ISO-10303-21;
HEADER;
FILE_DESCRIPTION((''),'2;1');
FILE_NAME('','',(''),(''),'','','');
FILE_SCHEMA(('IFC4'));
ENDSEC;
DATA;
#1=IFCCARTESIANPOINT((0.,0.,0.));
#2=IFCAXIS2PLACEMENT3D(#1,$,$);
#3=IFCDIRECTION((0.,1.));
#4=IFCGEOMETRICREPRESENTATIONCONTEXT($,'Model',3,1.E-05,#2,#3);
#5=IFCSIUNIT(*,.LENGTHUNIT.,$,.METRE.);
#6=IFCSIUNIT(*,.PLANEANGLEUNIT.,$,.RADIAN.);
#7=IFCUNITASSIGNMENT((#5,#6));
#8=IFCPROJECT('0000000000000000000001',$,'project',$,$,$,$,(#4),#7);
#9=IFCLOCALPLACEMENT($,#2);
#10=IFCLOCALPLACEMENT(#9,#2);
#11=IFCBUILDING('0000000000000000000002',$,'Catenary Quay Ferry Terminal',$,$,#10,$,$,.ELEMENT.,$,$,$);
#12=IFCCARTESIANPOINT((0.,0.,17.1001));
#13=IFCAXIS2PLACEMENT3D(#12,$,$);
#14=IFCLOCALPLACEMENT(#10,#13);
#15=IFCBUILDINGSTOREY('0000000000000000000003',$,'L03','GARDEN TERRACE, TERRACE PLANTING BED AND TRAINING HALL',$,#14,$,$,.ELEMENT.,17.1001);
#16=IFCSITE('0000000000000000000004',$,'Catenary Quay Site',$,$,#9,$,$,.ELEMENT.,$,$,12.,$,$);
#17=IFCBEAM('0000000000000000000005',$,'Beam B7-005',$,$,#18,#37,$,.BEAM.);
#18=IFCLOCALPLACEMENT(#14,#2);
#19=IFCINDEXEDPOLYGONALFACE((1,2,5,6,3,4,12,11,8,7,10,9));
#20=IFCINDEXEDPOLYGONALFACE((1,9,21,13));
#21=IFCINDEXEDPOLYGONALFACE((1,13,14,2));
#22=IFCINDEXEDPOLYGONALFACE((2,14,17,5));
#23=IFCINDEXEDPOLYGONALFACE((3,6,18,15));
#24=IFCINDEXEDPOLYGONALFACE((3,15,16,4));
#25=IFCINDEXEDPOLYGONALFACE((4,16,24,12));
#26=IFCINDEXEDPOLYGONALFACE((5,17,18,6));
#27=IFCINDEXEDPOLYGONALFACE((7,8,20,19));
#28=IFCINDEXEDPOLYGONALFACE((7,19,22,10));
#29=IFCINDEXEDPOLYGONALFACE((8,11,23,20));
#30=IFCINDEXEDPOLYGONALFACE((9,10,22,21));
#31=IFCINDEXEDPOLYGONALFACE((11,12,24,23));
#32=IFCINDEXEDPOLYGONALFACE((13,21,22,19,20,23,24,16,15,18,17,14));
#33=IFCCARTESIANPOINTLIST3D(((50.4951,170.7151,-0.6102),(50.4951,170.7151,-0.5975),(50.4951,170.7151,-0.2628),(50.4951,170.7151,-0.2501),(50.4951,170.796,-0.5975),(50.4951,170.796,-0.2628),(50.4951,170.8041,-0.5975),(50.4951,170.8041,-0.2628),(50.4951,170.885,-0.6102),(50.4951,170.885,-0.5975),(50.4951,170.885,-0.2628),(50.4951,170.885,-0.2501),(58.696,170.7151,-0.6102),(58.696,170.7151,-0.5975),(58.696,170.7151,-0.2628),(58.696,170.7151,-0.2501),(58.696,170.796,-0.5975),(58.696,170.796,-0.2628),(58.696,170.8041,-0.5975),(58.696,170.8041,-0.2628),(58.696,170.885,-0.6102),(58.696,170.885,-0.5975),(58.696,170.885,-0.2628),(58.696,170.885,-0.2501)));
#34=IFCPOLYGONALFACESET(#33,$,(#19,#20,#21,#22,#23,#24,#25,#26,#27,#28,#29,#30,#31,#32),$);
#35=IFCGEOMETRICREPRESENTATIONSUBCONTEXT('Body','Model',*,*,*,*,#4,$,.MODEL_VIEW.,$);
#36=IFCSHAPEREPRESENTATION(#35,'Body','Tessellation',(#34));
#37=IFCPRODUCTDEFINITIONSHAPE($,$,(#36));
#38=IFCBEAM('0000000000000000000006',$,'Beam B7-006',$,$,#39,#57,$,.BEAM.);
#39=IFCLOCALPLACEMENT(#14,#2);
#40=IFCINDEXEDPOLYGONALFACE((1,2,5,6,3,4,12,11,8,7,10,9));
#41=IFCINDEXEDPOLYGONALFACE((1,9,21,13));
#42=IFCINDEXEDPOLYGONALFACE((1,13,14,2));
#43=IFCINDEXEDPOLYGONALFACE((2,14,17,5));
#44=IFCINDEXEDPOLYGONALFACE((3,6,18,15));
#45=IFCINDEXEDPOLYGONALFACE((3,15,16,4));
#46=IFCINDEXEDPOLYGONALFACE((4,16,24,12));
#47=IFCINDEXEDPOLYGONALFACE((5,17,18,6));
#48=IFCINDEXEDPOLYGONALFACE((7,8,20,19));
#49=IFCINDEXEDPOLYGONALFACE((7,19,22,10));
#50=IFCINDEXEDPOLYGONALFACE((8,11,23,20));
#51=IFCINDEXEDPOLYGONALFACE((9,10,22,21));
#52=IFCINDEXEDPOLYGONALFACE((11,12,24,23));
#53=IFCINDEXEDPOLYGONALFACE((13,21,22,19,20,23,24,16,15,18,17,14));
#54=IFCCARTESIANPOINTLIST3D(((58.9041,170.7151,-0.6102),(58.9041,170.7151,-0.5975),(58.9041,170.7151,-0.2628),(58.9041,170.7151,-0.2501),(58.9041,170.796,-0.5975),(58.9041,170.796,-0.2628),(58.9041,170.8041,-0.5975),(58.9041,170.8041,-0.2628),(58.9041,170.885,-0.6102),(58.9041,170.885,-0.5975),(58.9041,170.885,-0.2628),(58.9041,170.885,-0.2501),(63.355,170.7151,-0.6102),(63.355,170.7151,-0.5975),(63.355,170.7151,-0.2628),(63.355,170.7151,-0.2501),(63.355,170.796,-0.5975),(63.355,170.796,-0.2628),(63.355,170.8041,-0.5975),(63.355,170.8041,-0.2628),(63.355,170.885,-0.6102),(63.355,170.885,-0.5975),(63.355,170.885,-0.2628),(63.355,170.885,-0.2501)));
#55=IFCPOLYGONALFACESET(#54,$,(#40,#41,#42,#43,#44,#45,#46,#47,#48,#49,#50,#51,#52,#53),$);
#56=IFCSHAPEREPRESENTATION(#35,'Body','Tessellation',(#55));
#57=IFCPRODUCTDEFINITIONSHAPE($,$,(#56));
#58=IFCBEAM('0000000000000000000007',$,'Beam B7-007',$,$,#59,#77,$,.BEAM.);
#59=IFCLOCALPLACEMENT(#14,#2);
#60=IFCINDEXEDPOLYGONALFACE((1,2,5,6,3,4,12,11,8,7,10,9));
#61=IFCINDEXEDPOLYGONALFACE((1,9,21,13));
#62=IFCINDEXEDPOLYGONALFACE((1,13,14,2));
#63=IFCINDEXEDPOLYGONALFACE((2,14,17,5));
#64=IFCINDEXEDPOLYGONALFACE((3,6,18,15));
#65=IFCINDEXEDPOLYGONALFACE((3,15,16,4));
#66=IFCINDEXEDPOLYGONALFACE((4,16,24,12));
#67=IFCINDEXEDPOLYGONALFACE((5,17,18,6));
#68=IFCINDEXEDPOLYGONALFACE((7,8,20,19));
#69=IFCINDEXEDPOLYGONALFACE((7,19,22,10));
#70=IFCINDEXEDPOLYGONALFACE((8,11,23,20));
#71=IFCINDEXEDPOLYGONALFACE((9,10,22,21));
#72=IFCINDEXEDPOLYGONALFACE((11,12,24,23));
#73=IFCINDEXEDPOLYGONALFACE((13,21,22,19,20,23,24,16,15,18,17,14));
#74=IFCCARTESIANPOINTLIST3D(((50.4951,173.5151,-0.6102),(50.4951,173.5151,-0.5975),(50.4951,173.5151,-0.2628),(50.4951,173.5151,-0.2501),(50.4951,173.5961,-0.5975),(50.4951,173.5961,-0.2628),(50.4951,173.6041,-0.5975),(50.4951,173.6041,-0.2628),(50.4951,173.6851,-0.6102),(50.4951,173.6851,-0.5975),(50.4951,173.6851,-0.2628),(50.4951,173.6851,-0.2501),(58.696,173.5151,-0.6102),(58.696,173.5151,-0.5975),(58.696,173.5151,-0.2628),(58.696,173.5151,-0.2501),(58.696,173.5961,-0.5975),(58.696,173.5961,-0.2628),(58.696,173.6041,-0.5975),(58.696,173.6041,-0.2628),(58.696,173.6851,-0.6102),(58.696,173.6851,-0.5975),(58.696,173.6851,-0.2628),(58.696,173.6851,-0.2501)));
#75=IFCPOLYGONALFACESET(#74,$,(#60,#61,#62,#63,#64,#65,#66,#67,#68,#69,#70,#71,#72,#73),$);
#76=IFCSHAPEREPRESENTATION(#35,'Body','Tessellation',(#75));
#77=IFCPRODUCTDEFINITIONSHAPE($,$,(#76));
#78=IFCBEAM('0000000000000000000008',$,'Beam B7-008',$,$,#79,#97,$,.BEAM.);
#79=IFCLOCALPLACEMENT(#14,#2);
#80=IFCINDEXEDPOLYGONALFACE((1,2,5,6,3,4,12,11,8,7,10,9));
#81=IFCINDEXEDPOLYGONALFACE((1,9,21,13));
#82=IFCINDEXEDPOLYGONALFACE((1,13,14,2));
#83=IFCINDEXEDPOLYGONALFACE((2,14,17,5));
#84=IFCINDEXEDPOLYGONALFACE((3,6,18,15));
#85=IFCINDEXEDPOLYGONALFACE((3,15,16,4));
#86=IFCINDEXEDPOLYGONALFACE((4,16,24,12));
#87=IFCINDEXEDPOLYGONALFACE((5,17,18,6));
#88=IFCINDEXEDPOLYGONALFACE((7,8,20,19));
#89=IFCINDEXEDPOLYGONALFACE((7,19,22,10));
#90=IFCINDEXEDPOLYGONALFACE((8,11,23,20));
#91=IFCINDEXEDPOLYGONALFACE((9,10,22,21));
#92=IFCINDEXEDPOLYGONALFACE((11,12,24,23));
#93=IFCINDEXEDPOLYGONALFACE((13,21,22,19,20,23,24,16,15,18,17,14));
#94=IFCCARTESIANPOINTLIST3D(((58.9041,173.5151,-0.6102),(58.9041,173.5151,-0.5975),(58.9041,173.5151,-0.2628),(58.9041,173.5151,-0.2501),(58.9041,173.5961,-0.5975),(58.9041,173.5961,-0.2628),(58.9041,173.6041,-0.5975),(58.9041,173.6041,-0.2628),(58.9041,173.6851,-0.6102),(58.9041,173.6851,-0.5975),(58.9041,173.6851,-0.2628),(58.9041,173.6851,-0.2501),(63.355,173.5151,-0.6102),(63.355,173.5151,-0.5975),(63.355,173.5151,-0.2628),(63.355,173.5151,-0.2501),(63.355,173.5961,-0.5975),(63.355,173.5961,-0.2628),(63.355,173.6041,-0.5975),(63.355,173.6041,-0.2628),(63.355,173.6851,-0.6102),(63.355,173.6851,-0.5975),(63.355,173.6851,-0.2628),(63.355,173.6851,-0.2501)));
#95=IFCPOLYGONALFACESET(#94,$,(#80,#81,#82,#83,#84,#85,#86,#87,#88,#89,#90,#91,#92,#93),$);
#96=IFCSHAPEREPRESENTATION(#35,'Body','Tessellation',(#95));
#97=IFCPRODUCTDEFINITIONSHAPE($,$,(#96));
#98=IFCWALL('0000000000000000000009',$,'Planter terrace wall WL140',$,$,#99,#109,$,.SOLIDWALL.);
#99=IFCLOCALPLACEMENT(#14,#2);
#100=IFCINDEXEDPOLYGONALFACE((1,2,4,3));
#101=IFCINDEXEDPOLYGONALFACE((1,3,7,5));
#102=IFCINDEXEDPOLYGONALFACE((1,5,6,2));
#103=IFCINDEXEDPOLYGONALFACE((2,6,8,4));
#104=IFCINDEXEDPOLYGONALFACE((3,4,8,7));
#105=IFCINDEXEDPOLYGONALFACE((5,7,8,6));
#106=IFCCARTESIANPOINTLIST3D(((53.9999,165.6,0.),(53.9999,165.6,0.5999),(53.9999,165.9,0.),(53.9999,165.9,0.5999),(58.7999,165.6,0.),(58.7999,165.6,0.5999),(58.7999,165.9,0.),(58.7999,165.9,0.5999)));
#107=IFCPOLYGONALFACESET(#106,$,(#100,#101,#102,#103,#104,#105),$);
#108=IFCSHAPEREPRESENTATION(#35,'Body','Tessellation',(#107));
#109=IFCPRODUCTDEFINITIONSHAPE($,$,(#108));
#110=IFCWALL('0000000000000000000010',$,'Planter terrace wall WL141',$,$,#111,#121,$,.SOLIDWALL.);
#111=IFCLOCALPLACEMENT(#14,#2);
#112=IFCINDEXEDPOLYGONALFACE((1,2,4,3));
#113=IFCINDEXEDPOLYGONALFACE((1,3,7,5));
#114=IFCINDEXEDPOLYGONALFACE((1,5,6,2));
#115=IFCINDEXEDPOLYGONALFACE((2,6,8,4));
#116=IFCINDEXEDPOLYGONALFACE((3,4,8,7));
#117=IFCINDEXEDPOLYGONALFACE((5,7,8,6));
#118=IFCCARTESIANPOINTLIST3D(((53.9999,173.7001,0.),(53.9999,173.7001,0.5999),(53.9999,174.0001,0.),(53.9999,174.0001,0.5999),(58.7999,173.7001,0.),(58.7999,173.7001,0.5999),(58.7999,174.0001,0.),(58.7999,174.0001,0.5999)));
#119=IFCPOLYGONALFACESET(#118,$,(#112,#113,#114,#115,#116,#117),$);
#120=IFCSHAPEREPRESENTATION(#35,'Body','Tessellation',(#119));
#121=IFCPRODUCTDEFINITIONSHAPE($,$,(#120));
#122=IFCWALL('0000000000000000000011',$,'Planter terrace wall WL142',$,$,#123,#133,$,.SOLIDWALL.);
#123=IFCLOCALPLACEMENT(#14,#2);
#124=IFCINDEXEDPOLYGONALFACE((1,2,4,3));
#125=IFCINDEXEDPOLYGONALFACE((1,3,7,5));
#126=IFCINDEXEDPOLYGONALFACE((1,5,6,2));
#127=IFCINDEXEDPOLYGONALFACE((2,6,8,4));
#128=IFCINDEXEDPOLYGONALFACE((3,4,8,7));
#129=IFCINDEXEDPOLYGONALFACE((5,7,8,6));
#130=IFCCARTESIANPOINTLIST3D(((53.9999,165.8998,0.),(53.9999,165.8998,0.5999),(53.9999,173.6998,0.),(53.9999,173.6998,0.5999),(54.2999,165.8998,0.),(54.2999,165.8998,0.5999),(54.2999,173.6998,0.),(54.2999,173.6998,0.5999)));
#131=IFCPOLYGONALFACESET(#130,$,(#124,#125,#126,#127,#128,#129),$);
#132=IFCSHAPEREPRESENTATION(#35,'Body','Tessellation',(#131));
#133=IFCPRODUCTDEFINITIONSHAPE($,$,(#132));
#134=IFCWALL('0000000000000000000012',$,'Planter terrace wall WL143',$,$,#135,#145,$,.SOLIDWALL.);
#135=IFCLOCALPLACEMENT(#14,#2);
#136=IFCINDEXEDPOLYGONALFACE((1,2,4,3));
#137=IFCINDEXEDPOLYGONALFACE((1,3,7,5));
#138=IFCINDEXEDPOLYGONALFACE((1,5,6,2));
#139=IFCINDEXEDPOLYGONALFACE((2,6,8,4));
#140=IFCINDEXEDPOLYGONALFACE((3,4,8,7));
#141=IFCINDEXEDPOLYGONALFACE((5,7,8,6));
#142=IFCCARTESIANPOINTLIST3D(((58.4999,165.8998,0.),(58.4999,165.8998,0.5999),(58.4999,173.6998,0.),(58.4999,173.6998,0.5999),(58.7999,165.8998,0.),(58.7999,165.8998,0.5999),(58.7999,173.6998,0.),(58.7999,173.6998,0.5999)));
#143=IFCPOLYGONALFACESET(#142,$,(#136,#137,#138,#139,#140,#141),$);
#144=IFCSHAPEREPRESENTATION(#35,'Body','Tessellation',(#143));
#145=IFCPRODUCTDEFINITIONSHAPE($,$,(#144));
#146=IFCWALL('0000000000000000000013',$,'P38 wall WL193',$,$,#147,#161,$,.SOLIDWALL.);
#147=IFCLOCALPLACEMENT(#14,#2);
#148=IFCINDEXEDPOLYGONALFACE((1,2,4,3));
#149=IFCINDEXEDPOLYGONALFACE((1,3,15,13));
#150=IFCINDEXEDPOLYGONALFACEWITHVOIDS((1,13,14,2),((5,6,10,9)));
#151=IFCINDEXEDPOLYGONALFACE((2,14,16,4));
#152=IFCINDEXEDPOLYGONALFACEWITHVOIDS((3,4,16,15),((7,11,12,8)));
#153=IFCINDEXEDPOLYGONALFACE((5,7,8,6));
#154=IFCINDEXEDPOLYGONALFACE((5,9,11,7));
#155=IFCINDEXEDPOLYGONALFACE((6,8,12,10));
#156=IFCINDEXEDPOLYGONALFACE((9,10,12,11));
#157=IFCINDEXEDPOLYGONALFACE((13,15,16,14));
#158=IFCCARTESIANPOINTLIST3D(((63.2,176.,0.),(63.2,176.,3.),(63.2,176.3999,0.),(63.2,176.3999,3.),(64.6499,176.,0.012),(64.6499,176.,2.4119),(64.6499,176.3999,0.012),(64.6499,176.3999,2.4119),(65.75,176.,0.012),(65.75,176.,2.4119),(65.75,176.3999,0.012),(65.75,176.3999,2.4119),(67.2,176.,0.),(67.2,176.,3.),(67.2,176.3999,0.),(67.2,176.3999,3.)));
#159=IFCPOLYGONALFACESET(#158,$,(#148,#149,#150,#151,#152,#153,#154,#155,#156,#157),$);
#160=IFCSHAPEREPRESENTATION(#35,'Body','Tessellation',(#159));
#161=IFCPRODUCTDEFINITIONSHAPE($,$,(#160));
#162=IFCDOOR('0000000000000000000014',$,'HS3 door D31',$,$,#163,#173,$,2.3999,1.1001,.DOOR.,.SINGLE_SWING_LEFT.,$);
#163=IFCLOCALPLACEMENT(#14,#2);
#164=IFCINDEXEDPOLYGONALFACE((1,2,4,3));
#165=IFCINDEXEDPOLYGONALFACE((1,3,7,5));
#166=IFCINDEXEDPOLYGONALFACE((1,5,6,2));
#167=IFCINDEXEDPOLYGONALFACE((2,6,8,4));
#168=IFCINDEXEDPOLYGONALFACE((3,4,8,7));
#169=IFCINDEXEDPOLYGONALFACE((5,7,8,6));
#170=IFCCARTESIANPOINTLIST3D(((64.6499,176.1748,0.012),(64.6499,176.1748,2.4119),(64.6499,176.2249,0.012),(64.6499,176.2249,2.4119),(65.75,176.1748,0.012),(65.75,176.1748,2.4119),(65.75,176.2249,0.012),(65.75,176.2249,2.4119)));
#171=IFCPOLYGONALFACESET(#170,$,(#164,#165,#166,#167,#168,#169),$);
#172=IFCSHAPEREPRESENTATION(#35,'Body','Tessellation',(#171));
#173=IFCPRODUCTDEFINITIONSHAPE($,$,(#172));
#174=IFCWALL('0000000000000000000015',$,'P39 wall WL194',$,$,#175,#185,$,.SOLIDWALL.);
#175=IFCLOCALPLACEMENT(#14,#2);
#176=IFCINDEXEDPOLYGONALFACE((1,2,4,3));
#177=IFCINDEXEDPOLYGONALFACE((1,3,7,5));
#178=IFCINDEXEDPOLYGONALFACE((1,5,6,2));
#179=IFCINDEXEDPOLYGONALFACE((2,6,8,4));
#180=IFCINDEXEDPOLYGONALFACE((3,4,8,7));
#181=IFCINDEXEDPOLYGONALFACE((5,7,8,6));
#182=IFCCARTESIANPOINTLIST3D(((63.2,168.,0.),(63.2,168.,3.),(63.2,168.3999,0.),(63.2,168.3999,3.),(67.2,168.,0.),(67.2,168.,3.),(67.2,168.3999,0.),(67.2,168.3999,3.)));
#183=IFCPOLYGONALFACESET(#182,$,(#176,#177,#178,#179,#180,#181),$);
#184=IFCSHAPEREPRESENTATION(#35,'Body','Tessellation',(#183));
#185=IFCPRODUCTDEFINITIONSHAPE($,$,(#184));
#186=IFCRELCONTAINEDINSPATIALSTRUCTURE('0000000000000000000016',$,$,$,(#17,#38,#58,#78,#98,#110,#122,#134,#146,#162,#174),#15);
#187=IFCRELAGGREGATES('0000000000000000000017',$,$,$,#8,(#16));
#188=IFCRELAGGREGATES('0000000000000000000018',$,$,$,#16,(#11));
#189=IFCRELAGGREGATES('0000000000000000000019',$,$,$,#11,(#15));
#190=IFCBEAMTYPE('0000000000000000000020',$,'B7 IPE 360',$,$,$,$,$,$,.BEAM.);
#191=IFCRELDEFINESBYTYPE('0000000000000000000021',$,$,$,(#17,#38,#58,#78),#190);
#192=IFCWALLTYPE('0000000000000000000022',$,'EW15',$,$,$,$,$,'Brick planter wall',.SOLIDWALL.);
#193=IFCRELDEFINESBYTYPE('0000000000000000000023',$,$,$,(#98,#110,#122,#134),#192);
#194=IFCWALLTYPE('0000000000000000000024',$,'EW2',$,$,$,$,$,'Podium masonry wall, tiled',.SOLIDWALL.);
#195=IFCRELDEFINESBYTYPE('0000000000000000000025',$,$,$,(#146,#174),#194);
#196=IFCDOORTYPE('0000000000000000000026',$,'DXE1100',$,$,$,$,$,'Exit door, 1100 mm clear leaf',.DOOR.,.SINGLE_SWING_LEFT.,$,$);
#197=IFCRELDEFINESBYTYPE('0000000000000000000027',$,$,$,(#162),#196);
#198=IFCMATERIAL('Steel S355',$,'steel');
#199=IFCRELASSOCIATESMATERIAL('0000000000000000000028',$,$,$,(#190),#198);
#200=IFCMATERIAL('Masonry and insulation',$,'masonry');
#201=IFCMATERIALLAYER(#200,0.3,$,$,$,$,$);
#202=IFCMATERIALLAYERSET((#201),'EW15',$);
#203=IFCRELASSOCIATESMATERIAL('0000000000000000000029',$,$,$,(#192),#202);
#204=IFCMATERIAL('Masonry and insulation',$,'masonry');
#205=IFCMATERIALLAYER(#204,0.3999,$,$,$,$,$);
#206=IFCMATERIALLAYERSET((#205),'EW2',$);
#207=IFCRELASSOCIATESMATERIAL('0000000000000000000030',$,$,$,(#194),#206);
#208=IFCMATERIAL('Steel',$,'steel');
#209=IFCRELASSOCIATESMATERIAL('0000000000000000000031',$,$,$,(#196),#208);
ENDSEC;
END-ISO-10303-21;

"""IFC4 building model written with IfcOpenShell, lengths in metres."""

from ifc_helpers import new_model, si_unit, direction, frame, frame_2d, origin, origin_2d, place, context, subcontext, project, spatial, rectangle, i_section, extrude, material, layer, layer_set, material_profile, profile_set, type_object, element, fill, save


model = new_model("IFC4")

# Units and contexts
model_context = context("Model", 3, precision=1e-05, world=origin(), true_north=direction((0.0, 1.0)))
body_context = subcontext(model_context, "Body", "Model", "MODEL_VIEW")
ifc_project = project(units=[si_unit("LENGTHUNIT", "METRE"), si_unit("PLANEANGLEUNIT", "RADIAN")], contexts=[model_context])

# Site, building, storey
site_placement = place(None, origin())
site = spatial("IfcSite", under=ifc_project, at=site_placement, Name="Catenary Quay Site", CompositionType="ELEMENT", RefElevation=12.0)
building_placement = place(site_placement, origin())
building = spatial("IfcBuilding", under=site, at=building_placement, Name="Catenary Quay Ferry Terminal", CompositionType="ELEMENT")
storey_placement = place(building_placement, frame((0.0, 0.0, 17.1001)))
storey = spatial("IfcBuildingStorey", under=building, at=storey_placement, Name="L03", Description="GARDEN TERRACE, TERRACE PLANTING BED AND TRAINING HALL", CompositionType="ELEMENT", Elevation=17.1001)

# Beams
ifc_material_1 = material(Name="Steel S355", Category="steel")
ifc_material_profile_1 = material_profile(ifc_material_1, i_section(OverallWidth=0.1699, OverallDepth=0.3601, WebThickness=0.0081, FlangeThickness=0.0127, at=origin_2d()), Name="IPE 360")
ifc_profile_set_1 = profile_set([ifc_material_profile_1], Name="Steel S355")
beam_type_1 = type_object("IfcBeamType", Name="B7 IPE 360", PredefinedType="BEAM", material=ifc_profile_set_1)
beam_1_placement = place(storey_placement, frame((50.4951, 170.8, -0.4302), z_axis=(1.0, 0.0, 0.0), x_axis=(0.0, 1.0, 0.0)))
element("IfcBeam", 1, at=beam_1_placement, inside=storey, type_object=beam_type_1, Name="Beam B7-005", PredefinedType="BEAM", context=body_context, shape_type="SweptSolid", body=[
    extrude(i_section(OverallWidth=0.1699, OverallDepth=0.3601, WebThickness=0.0081, FlangeThickness=0.0127, at=origin_2d()), origin(), (0.0, 0.0, 1.0), 8.2009),
])
beam_2_placement = place(storey_placement, frame((58.9041, 170.8, -0.4302), z_axis=(1.0, 0.0, 0.0), x_axis=(0.0, 1.0, 0.0)))
element("IfcBeam", 2, at=beam_2_placement, inside=storey, type_object=beam_type_1, Name="Beam B7-006", PredefinedType="BEAM", context=body_context, shape_type="SweptSolid", body=[
    extrude(i_section(OverallWidth=0.1699, OverallDepth=0.3601, WebThickness=0.0081, FlangeThickness=0.0127, at=origin_2d()), origin(), (0.0, 0.0, 1.0), 4.4509),
])
beam_3_placement = place(storey_placement, frame((50.4951, 173.6001, -0.4302), z_axis=(1.0, 0.0, 0.0), x_axis=(0.0, 1.0, 0.0)))
element("IfcBeam", 3, at=beam_3_placement, inside=storey, type_object=beam_type_1, Name="Beam B7-007", PredefinedType="BEAM", context=body_context, shape_type="SweptSolid", body=[
    extrude(i_section(OverallWidth=0.1699, OverallDepth=0.3601, WebThickness=0.0081, FlangeThickness=0.0127, at=origin_2d()), origin(), (0.0, 0.0, 1.0), 8.2009),
])
beam_4_placement = place(storey_placement, frame((58.9041, 173.6001, -0.4302), z_axis=(1.0, 0.0, 0.0), x_axis=(0.0, 1.0, 0.0)))
element("IfcBeam", 4, at=beam_4_placement, inside=storey, type_object=beam_type_1, Name="Beam B7-008", PredefinedType="BEAM", context=body_context, shape_type="SweptSolid", body=[
    extrude(i_section(OverallWidth=0.1699, OverallDepth=0.3601, WebThickness=0.0081, FlangeThickness=0.0127, at=origin_2d()), origin(), (0.0, 0.0, 1.0), 4.4509),
])

# Walls
ifc_material_2 = material(Name="Masonry and insulation", Category="masonry")
ifc_layer_1 = layer(ifc_material_2, 0.3)
ifc_layer_set_1 = layer_set([ifc_layer_1], Name="EW15")
wall_type_1 = type_object("IfcWallType", Name="EW15", ElementType="Brick planter wall", PredefinedType="SOLIDWALL", material=ifc_layer_set_1)
for number, where, z_axis, x_axis, name in (
    (5, (54.0, 165.75, 0.0), (0.0, 0.0, 1.0), (1.0, 0.0, 0.0), "Planter terrace wall WL140"),
    (6, (54.0, 173.8501, 0.0), (0.0, 0.0, 1.0), (1.0, 0.0, 0.0), "Planter terrace wall WL141"),
):
    element("IfcWall", number, at=place(storey_placement, frame(where, z_axis=z_axis, x_axis=x_axis)), inside=storey, type_object=wall_type_1, Name=name, PredefinedType="SOLIDWALL", context=body_context, shape_type="SweptSolid", body=[
        extrude(rectangle(XDim=4.8, YDim=0.3, at=frame_2d((2.3999, 0.0))), origin(), (0.0, 0.0, 1.0), 0.5999),
    ])
for number, where, z_axis, x_axis, name in (
    (7, (54.1499, 165.8999, 0.0), (0.0, 0.0, 1.0), (0.0, 1.0, 0.0), "Planter terrace wall WL142"),
    (8, (58.6499, 165.8999, 0.0), (0.0, 0.0, 1.0), (0.0, 1.0, 0.0), "Planter terrace wall WL143"),
):
    element("IfcWall", number, at=place(storey_placement, frame(where, z_axis=z_axis, x_axis=x_axis)), inside=storey, type_object=wall_type_1, Name=name, PredefinedType="SOLIDWALL", context=body_context, shape_type="SweptSolid", body=[
        extrude(rectangle(XDim=7.8, YDim=0.3, at=frame_2d((3.8999, 0.0))), origin(), (0.0, 0.0, 1.0), 0.5999),
    ])

# Wall, opening, door
ifc_material_3 = material(Name="Masonry and insulation", Category="masonry")
ifc_layer_2 = layer(ifc_material_3, 0.3999)
ifc_layer_set_2 = layer_set([ifc_layer_2], Name="EW2")
wall_type_2 = type_object("IfcWallType", Name="EW2", ElementType="Podium masonry wall, tiled", PredefinedType="SOLIDWALL", material=ifc_layer_set_2)
wall_1_placement = place(storey_placement, frame((63.2, 176.2, 0.0), z_axis=(0.0, 0.0, 1.0), x_axis=(1.0, 0.0, 0.0)))
wall_1 = element("IfcWall", 9, at=wall_1_placement, inside=storey, type_object=wall_type_2, Name="P38 wall WL193", PredefinedType="SOLIDWALL", context=body_context, shape_type="SweptSolid", body=[
    extrude(rectangle(XDim=4.0, YDim=0.3999, at=frame_2d((2.0, 0.0))), origin(), (0.0, 0.0, 1.0), 3.0),
])
opening_placement = place(wall_1_placement, frame((1.45, 0.0, 0.012)))
opening = element("IfcOpeningElement", 10, at=opening_placement, cuts=wall_1, PredefinedType="OPENING", context=body_context, shape_type="SweptSolid", body=[
    extrude(rectangle(XDim=1.1001, YDim=2.3999, at=frame_2d((0.55, 1.2))), frame((0.0, 0.21, 0.0), z_axis=(0.0, -1.0, 0.0), x_axis=(1.0, 0.0, 0.0)), (0.0, 0.0, 1.0), 0.4199),
])
ifc_material_4 = material(Name="Steel", Category="steel")
door_type = type_object("IfcDoorType", Name="DXE1100", ElementType="Exit door, 1100 mm clear leaf", OperationType="SINGLE_SWING_LEFT", PredefinedType="DOOR", material=ifc_material_4)
door_placement = place(opening_placement, origin())
door = element("IfcDoor", 11, at=door_placement, inside=storey, type_object=door_type, Name="HS3 door D31", OperationType="SINGLE_SWING_LEFT", OverallHeight=2.3999, OverallWidth=1.1001, PredefinedType="DOOR", context=body_context, shape_type="SweptSolid", body=[
    extrude(rectangle(XDim=1.1001, YDim=2.3999, at=frame_2d((0.55, 1.2))), frame((0.0, 0.0249, 0.0), z_axis=(0.0, -1.0, 0.0), x_axis=(1.0, 0.0, 0.0)), (0.0, 0.0, 1.0), 0.05),
])
fill(opening, door)

# Wall
wall_2_placement = place(storey_placement, frame((63.2, 168.2, 0.0), z_axis=(0.0, 0.0, 1.0), x_axis=(1.0, 0.0, 0.0)))
element("IfcWall", 12, at=wall_2_placement, inside=storey, type_object=wall_type_2, Name="P39 wall WL194", PredefinedType="SOLIDWALL", context=body_context, shape_type="SweptSolid", body=[
    extrude(rectangle(XDim=4.0, YDim=0.3999, at=frame_2d((2.0, 0.0))), origin(), (0.0, 0.0, 1.0), 3.0),
])

save(model, "model.ifc")
